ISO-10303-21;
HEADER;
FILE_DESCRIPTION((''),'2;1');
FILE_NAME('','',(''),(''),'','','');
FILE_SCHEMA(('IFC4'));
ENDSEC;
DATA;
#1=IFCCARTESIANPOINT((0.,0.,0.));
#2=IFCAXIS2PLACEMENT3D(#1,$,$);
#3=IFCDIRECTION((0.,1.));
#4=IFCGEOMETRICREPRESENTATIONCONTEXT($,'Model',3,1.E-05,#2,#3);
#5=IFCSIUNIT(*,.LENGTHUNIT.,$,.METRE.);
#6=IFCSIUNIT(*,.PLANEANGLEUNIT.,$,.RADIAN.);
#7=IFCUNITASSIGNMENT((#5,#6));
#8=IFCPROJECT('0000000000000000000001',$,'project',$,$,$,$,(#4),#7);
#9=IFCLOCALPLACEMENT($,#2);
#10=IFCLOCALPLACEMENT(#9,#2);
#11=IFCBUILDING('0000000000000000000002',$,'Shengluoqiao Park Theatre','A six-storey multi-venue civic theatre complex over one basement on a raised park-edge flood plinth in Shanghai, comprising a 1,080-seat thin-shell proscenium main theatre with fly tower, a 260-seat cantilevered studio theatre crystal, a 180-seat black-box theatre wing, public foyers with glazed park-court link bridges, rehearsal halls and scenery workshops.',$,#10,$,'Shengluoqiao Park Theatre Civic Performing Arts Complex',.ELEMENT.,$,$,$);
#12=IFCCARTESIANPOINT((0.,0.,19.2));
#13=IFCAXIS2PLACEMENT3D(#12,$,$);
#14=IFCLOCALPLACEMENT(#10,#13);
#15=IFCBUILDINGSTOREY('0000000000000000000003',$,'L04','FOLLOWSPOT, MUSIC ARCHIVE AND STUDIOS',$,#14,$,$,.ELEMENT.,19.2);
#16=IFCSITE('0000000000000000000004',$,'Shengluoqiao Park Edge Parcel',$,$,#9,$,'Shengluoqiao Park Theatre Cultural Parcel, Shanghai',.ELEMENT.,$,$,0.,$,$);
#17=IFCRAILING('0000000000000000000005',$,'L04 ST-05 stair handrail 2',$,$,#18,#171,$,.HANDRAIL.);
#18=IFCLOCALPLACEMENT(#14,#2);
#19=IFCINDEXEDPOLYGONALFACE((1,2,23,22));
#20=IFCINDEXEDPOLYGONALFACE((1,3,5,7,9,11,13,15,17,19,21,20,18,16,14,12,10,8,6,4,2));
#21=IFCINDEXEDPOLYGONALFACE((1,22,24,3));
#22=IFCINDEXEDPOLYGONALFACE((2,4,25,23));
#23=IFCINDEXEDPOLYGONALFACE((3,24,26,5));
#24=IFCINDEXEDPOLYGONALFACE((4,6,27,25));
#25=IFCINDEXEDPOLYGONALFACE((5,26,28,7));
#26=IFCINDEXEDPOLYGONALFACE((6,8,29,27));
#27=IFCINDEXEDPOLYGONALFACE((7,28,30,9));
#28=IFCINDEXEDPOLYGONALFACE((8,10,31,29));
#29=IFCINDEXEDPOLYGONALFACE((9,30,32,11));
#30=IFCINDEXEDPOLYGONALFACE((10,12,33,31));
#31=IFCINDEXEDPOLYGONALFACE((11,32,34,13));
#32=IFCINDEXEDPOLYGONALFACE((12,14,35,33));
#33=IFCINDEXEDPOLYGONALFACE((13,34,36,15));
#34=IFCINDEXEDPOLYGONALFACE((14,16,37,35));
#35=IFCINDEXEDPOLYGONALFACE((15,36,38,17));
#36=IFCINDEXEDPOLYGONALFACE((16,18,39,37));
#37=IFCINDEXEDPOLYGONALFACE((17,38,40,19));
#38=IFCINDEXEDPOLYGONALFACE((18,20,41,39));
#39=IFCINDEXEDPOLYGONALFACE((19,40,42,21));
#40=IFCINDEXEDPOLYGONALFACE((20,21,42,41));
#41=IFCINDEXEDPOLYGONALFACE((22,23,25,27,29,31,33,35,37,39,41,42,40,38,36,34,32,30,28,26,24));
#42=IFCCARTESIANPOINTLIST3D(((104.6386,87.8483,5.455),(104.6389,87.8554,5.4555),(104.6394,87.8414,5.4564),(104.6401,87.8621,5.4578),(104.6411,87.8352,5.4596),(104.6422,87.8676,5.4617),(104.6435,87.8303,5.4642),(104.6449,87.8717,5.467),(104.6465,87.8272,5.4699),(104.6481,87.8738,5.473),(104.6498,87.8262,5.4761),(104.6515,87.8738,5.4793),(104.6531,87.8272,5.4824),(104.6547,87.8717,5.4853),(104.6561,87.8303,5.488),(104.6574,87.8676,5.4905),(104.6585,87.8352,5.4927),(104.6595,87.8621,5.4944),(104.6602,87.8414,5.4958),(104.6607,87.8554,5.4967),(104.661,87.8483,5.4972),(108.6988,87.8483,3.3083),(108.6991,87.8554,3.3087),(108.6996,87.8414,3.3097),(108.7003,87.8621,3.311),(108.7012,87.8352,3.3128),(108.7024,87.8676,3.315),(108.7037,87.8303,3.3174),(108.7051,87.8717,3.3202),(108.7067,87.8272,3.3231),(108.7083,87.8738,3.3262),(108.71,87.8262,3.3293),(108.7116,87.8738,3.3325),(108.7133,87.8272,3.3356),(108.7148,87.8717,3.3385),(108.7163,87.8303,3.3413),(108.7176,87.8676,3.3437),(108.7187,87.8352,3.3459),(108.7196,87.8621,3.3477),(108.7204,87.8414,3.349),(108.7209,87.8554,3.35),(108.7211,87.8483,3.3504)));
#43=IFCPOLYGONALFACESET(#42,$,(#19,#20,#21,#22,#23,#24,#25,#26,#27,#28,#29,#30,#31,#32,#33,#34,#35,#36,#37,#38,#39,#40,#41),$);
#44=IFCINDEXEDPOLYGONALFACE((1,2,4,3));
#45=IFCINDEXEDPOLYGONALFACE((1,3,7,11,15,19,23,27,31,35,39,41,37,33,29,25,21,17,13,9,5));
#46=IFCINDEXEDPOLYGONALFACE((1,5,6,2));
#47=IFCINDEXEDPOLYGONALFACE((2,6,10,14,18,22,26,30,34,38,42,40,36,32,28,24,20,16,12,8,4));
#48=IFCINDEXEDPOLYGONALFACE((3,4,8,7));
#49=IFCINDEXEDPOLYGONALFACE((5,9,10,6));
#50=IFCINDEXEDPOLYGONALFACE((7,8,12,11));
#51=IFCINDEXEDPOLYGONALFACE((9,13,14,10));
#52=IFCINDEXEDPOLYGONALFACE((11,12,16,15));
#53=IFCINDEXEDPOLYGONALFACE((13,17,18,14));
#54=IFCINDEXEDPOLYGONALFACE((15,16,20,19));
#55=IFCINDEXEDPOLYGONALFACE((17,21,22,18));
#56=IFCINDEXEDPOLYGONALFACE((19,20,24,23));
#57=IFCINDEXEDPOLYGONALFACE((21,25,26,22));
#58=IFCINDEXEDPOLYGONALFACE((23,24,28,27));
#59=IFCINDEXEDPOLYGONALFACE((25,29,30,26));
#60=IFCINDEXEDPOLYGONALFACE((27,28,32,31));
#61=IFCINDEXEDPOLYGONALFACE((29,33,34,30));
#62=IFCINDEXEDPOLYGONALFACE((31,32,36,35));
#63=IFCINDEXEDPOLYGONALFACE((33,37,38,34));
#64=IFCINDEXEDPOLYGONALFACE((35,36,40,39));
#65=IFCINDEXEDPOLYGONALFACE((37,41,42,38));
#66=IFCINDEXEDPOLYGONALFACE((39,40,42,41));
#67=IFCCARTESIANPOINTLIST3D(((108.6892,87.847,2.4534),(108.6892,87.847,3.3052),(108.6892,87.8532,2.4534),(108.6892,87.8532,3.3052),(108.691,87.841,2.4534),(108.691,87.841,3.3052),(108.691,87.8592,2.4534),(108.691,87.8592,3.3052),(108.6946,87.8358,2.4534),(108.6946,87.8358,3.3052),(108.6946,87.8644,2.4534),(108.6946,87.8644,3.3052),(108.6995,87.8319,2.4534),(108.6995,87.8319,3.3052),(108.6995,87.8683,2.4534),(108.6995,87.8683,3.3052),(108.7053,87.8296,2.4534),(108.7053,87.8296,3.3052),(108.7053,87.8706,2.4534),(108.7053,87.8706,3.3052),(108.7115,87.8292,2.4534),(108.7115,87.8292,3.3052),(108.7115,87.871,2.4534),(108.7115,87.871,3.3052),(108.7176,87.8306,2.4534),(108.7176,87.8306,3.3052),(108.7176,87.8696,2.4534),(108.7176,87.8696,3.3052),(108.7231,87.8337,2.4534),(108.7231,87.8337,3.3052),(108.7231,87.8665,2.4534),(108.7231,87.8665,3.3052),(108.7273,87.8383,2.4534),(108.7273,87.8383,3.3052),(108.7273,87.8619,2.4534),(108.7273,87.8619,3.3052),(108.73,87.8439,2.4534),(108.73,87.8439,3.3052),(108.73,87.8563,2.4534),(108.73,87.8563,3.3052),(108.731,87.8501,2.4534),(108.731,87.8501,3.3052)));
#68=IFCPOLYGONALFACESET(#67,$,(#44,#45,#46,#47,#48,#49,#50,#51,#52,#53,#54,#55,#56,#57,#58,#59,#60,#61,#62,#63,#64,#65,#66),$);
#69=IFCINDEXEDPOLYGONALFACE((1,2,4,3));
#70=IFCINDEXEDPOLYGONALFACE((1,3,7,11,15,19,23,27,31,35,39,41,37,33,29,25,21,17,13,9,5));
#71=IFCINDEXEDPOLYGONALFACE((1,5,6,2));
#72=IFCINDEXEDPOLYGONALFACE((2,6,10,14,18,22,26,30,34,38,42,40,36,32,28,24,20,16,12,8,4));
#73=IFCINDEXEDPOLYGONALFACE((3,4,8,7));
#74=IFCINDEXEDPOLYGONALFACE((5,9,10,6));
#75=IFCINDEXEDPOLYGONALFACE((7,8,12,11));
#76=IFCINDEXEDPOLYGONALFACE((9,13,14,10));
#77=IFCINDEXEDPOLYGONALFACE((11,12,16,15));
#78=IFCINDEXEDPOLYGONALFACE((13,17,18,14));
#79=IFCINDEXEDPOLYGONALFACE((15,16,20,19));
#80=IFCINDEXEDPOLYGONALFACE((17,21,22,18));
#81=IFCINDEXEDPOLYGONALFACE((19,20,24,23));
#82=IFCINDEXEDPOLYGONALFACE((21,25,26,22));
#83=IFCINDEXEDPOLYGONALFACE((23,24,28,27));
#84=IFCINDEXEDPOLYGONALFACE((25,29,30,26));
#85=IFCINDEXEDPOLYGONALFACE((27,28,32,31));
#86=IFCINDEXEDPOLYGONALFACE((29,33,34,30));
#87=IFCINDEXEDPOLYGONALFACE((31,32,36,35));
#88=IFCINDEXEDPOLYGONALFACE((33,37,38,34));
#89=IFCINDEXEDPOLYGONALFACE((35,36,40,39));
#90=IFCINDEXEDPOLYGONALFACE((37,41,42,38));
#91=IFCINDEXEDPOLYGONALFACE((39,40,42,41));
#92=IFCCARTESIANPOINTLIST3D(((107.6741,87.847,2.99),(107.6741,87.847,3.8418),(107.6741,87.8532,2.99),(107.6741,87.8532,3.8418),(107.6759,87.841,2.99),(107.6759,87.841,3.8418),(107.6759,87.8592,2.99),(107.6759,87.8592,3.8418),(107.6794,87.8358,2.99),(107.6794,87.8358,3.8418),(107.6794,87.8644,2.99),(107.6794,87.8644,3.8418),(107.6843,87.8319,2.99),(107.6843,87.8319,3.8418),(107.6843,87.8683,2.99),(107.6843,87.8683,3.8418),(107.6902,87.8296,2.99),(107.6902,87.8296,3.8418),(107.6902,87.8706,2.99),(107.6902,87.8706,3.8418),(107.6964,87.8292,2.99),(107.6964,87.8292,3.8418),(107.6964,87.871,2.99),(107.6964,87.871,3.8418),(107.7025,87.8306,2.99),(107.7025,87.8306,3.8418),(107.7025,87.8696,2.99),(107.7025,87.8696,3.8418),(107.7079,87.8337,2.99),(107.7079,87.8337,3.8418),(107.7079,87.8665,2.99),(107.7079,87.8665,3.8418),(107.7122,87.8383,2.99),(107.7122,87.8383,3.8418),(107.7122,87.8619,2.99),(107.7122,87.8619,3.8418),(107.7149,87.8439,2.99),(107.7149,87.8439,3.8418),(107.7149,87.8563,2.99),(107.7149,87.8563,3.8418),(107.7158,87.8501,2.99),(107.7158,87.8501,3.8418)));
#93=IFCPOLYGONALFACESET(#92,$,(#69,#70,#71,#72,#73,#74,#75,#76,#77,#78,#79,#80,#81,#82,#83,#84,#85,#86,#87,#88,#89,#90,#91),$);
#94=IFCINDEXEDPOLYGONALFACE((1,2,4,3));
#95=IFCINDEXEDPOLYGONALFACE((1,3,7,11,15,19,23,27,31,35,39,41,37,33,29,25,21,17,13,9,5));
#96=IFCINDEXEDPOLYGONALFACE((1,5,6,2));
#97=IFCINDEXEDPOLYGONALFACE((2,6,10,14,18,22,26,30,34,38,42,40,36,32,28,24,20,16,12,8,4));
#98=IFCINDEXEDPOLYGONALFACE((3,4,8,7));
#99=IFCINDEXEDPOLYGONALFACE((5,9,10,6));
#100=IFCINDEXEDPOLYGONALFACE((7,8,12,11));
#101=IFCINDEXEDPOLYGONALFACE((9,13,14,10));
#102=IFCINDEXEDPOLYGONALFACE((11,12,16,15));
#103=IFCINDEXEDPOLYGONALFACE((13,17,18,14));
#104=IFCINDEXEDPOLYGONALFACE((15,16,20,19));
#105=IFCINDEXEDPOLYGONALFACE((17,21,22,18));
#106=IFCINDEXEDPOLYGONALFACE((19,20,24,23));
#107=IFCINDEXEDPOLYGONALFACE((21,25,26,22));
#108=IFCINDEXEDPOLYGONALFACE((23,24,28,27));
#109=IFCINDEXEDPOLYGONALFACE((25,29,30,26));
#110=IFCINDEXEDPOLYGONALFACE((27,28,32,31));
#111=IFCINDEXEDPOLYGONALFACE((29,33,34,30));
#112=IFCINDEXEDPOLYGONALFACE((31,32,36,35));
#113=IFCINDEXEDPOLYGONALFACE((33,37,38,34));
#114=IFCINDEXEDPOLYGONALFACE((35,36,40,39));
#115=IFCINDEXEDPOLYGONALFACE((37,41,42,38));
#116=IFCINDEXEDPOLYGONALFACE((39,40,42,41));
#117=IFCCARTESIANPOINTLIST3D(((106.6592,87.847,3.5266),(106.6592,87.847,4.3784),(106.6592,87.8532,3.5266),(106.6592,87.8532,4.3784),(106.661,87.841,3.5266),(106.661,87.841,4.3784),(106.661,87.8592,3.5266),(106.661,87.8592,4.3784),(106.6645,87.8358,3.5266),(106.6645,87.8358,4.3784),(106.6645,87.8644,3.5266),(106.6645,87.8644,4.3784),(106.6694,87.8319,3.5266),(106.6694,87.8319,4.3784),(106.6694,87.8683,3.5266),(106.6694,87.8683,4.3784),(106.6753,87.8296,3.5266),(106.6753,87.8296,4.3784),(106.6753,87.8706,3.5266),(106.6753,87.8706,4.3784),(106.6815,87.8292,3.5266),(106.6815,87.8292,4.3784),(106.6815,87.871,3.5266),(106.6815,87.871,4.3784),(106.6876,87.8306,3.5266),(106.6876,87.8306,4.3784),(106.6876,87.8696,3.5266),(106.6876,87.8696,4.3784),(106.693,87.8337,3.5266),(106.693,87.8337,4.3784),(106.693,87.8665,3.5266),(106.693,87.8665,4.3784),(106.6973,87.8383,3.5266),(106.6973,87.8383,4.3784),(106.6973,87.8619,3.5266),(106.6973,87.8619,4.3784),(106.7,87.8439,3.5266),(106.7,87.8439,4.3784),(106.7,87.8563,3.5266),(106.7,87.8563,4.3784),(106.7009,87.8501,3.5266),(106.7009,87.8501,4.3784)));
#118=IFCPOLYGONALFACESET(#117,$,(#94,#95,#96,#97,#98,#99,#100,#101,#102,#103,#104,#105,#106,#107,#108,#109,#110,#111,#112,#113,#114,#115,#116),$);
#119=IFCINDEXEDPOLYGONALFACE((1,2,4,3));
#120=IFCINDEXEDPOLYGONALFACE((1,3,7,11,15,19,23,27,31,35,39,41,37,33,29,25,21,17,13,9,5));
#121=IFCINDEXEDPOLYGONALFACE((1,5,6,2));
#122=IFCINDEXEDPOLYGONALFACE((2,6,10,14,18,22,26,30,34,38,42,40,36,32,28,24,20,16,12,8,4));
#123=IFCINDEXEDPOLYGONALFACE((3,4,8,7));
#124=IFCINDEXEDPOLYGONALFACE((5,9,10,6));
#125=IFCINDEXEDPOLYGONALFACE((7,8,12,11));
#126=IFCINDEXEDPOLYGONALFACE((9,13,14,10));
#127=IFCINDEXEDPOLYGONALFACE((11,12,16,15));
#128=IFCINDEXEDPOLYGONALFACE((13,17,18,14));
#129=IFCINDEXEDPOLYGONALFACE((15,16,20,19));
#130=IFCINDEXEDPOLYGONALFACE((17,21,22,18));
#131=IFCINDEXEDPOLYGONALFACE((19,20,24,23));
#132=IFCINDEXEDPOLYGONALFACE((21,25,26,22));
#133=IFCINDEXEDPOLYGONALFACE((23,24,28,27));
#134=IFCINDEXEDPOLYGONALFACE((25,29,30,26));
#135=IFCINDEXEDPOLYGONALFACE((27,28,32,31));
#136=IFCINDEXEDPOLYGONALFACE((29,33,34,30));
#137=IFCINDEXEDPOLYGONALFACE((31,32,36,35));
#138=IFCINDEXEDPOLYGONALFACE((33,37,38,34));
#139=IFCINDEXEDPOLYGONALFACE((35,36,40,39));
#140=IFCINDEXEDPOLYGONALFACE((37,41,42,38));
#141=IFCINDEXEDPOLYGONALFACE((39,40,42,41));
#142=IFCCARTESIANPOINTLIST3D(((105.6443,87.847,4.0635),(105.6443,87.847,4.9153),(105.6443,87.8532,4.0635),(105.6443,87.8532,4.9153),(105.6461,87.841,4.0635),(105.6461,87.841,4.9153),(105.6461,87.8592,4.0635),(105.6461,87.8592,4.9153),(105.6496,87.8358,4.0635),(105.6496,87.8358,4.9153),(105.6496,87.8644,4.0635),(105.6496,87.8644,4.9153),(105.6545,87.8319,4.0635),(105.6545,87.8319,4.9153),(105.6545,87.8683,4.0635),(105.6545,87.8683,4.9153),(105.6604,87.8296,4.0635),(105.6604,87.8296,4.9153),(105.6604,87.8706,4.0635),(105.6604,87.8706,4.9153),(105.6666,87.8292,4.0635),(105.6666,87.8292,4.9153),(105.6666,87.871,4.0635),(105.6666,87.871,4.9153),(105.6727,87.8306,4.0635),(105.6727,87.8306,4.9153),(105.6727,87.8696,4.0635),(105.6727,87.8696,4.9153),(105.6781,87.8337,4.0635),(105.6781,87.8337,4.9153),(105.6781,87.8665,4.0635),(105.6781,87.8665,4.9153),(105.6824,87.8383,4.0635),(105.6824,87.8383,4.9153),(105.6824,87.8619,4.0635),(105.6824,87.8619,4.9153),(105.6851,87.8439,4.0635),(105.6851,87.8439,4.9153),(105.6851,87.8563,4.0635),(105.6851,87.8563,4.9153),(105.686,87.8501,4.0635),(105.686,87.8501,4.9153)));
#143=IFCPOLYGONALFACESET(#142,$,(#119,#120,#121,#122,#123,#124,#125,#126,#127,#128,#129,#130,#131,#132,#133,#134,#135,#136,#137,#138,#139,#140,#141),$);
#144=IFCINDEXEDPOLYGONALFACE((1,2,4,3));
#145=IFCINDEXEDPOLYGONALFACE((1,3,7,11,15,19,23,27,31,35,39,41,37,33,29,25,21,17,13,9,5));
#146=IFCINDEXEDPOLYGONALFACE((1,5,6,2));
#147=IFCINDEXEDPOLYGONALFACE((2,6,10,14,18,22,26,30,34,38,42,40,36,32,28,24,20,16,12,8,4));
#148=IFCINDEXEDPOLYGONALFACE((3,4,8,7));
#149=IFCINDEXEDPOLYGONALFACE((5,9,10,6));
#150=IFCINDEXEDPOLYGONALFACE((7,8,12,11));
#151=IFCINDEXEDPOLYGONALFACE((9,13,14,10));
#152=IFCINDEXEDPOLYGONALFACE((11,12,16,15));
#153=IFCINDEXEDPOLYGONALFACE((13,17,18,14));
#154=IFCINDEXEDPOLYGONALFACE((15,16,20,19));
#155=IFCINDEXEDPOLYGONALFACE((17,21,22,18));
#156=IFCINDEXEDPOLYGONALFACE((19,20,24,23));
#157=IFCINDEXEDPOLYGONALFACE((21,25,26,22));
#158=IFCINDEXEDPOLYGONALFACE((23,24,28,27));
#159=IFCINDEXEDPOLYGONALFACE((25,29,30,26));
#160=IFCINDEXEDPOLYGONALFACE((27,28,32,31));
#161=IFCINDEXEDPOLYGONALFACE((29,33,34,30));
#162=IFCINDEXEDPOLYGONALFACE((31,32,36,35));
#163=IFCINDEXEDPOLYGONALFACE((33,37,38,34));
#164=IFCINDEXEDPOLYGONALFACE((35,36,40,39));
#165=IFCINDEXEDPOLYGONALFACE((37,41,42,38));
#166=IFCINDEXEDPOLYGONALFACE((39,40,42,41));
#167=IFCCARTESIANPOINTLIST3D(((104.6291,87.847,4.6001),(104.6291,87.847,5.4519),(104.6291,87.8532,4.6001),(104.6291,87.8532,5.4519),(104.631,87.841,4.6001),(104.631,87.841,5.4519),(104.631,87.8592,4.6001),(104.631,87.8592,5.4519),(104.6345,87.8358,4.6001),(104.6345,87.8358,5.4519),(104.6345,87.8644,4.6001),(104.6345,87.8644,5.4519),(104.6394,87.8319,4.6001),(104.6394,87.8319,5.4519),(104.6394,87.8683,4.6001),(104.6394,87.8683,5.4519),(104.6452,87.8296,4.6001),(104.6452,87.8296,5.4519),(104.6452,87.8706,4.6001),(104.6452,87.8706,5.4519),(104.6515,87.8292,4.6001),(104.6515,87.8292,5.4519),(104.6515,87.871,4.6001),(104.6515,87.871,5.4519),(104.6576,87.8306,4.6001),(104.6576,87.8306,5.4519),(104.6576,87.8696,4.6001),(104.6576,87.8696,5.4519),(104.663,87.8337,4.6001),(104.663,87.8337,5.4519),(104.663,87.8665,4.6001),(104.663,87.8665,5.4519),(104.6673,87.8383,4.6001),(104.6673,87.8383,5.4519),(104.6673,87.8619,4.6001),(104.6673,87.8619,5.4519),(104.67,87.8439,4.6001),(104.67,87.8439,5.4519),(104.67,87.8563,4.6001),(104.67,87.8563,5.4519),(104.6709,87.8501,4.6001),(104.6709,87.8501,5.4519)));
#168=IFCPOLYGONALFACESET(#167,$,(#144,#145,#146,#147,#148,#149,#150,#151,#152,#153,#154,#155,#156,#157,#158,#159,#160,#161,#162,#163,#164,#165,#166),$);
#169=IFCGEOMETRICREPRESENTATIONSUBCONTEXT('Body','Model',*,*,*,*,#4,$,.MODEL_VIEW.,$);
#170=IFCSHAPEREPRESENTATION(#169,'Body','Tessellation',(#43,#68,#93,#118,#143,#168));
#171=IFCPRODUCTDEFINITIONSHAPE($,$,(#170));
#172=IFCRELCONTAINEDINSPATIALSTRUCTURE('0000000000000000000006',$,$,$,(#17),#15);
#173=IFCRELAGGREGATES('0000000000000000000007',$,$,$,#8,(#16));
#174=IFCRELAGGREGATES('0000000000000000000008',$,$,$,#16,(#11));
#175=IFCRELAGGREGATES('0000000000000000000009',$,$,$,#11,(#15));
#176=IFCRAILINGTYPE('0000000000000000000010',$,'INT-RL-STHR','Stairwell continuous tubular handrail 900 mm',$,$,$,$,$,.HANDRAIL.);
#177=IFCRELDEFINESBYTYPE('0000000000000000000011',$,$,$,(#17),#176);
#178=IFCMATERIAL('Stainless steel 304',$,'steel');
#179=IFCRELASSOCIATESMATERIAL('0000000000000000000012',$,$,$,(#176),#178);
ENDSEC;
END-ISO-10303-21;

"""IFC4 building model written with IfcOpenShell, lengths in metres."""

from ifc_helpers import new_model, si_unit, direction, frame, origin, origin_2d, place, context, subcontext, project, spatial, circle, extrude, material, type_object, element, save


model = new_model("IFC4")

# Units and contexts
model_context = context("Model", 3, precision=1e-05, world=origin(), true_north=direction((0.0, 1.0)))
body_context = subcontext(model_context, "Body", "Model", "MODEL_VIEW")
ifc_project = project(units=[si_unit("LENGTHUNIT", "METRE"), si_unit("PLANEANGLEUNIT", "RADIAN")], contexts=[model_context])

# Site, building, storey
site_placement = place(None, origin())
site = spatial("IfcSite", under=ifc_project, at=site_placement, Name="Shengluoqiao Park Edge Parcel", LongName="Shengluoqiao Park Theatre Cultural Parcel, Shanghai", CompositionType="ELEMENT", RefElevation=0.0)
building_placement = place(site_placement, origin())
building = spatial("IfcBuilding", under=site, at=building_placement, Name="Shengluoqiao Park Theatre", Description="A six-storey multi-venue civic theatre complex over one basement on a raised park-edge flood plinth in Shanghai, comprising a 1,080-seat thin-shell proscenium main theatre with fly tower, a 260-seat cantilevered studio theatre crystal, a 180-seat black-box theatre wing, public foyers with glazed park-court link bridges, rehearsal halls and scenery workshops.", LongName="Shengluoqiao Park Theatre Civic Performing Arts Complex", CompositionType="ELEMENT")
storey_placement = place(building_placement, frame((0.0, 0.0, 19.2)))
storey = spatial("IfcBuildingStorey", under=building, at=storey_placement, Name="L04", Description="FOLLOWSPOT, MUSIC ARCHIVE AND STUDIOS", CompositionType="ELEMENT", Elevation=19.2)

# Railing
ifc_material_1 = material(Name="Stainless steel 304", Category="steel")
railing_type_1 = type_object("IfcRailingType", Name="INT-RL-STHR", Description="Stairwell continuous tubular handrail 900 mm", PredefinedType="HANDRAIL", material=ifc_material_1)
railing_1_placement = place(storey_placement, frame((108.71, 87.8501, 2.4534)))
element("IfcRailing", 1, at=railing_1_placement, inside=storey, type_object=railing_type_1, Name="L04 ST-05 stair handrail 2", PredefinedType="HANDRAIL", context=body_context, shape_type="SweptSolid", body=[
    extrude(circle(Radius=0.0239, at=origin_2d()), frame((0.0, 0.0, 0.876), z_axis=(-0.884032, 0.0, 0.467426), x_axis=(0.0, -1.0, 0.0)), (0.0, 0.0, 1.0), 4.5928),
    extrude(circle(Radius=0.021, at=origin_2d()), origin(), (0.0, 0.0, 1.0), 0.8518),
    extrude(circle(Radius=0.021, at=origin_2d()), frame((-1.0151, 0.0, 0.5366)), (0.0, 0.0, 1.0), 0.8518),
    extrude(circle(Radius=0.021, at=origin_2d()), frame((-2.03, 0.0, 1.0732)), (0.0, 0.0, 1.0), 0.8518),
    extrude(circle(Radius=0.021, at=origin_2d()), frame((-3.0449, 0.0, 1.6101)), (0.0, 0.0, 1.0), 0.8518),
    extrude(circle(Radius=0.021, at=origin_2d()), frame((-4.0601, 0.0, 2.1467)), (0.0, 0.0, 1.0), 0.8518),
])

save(model, "model.ifc")
